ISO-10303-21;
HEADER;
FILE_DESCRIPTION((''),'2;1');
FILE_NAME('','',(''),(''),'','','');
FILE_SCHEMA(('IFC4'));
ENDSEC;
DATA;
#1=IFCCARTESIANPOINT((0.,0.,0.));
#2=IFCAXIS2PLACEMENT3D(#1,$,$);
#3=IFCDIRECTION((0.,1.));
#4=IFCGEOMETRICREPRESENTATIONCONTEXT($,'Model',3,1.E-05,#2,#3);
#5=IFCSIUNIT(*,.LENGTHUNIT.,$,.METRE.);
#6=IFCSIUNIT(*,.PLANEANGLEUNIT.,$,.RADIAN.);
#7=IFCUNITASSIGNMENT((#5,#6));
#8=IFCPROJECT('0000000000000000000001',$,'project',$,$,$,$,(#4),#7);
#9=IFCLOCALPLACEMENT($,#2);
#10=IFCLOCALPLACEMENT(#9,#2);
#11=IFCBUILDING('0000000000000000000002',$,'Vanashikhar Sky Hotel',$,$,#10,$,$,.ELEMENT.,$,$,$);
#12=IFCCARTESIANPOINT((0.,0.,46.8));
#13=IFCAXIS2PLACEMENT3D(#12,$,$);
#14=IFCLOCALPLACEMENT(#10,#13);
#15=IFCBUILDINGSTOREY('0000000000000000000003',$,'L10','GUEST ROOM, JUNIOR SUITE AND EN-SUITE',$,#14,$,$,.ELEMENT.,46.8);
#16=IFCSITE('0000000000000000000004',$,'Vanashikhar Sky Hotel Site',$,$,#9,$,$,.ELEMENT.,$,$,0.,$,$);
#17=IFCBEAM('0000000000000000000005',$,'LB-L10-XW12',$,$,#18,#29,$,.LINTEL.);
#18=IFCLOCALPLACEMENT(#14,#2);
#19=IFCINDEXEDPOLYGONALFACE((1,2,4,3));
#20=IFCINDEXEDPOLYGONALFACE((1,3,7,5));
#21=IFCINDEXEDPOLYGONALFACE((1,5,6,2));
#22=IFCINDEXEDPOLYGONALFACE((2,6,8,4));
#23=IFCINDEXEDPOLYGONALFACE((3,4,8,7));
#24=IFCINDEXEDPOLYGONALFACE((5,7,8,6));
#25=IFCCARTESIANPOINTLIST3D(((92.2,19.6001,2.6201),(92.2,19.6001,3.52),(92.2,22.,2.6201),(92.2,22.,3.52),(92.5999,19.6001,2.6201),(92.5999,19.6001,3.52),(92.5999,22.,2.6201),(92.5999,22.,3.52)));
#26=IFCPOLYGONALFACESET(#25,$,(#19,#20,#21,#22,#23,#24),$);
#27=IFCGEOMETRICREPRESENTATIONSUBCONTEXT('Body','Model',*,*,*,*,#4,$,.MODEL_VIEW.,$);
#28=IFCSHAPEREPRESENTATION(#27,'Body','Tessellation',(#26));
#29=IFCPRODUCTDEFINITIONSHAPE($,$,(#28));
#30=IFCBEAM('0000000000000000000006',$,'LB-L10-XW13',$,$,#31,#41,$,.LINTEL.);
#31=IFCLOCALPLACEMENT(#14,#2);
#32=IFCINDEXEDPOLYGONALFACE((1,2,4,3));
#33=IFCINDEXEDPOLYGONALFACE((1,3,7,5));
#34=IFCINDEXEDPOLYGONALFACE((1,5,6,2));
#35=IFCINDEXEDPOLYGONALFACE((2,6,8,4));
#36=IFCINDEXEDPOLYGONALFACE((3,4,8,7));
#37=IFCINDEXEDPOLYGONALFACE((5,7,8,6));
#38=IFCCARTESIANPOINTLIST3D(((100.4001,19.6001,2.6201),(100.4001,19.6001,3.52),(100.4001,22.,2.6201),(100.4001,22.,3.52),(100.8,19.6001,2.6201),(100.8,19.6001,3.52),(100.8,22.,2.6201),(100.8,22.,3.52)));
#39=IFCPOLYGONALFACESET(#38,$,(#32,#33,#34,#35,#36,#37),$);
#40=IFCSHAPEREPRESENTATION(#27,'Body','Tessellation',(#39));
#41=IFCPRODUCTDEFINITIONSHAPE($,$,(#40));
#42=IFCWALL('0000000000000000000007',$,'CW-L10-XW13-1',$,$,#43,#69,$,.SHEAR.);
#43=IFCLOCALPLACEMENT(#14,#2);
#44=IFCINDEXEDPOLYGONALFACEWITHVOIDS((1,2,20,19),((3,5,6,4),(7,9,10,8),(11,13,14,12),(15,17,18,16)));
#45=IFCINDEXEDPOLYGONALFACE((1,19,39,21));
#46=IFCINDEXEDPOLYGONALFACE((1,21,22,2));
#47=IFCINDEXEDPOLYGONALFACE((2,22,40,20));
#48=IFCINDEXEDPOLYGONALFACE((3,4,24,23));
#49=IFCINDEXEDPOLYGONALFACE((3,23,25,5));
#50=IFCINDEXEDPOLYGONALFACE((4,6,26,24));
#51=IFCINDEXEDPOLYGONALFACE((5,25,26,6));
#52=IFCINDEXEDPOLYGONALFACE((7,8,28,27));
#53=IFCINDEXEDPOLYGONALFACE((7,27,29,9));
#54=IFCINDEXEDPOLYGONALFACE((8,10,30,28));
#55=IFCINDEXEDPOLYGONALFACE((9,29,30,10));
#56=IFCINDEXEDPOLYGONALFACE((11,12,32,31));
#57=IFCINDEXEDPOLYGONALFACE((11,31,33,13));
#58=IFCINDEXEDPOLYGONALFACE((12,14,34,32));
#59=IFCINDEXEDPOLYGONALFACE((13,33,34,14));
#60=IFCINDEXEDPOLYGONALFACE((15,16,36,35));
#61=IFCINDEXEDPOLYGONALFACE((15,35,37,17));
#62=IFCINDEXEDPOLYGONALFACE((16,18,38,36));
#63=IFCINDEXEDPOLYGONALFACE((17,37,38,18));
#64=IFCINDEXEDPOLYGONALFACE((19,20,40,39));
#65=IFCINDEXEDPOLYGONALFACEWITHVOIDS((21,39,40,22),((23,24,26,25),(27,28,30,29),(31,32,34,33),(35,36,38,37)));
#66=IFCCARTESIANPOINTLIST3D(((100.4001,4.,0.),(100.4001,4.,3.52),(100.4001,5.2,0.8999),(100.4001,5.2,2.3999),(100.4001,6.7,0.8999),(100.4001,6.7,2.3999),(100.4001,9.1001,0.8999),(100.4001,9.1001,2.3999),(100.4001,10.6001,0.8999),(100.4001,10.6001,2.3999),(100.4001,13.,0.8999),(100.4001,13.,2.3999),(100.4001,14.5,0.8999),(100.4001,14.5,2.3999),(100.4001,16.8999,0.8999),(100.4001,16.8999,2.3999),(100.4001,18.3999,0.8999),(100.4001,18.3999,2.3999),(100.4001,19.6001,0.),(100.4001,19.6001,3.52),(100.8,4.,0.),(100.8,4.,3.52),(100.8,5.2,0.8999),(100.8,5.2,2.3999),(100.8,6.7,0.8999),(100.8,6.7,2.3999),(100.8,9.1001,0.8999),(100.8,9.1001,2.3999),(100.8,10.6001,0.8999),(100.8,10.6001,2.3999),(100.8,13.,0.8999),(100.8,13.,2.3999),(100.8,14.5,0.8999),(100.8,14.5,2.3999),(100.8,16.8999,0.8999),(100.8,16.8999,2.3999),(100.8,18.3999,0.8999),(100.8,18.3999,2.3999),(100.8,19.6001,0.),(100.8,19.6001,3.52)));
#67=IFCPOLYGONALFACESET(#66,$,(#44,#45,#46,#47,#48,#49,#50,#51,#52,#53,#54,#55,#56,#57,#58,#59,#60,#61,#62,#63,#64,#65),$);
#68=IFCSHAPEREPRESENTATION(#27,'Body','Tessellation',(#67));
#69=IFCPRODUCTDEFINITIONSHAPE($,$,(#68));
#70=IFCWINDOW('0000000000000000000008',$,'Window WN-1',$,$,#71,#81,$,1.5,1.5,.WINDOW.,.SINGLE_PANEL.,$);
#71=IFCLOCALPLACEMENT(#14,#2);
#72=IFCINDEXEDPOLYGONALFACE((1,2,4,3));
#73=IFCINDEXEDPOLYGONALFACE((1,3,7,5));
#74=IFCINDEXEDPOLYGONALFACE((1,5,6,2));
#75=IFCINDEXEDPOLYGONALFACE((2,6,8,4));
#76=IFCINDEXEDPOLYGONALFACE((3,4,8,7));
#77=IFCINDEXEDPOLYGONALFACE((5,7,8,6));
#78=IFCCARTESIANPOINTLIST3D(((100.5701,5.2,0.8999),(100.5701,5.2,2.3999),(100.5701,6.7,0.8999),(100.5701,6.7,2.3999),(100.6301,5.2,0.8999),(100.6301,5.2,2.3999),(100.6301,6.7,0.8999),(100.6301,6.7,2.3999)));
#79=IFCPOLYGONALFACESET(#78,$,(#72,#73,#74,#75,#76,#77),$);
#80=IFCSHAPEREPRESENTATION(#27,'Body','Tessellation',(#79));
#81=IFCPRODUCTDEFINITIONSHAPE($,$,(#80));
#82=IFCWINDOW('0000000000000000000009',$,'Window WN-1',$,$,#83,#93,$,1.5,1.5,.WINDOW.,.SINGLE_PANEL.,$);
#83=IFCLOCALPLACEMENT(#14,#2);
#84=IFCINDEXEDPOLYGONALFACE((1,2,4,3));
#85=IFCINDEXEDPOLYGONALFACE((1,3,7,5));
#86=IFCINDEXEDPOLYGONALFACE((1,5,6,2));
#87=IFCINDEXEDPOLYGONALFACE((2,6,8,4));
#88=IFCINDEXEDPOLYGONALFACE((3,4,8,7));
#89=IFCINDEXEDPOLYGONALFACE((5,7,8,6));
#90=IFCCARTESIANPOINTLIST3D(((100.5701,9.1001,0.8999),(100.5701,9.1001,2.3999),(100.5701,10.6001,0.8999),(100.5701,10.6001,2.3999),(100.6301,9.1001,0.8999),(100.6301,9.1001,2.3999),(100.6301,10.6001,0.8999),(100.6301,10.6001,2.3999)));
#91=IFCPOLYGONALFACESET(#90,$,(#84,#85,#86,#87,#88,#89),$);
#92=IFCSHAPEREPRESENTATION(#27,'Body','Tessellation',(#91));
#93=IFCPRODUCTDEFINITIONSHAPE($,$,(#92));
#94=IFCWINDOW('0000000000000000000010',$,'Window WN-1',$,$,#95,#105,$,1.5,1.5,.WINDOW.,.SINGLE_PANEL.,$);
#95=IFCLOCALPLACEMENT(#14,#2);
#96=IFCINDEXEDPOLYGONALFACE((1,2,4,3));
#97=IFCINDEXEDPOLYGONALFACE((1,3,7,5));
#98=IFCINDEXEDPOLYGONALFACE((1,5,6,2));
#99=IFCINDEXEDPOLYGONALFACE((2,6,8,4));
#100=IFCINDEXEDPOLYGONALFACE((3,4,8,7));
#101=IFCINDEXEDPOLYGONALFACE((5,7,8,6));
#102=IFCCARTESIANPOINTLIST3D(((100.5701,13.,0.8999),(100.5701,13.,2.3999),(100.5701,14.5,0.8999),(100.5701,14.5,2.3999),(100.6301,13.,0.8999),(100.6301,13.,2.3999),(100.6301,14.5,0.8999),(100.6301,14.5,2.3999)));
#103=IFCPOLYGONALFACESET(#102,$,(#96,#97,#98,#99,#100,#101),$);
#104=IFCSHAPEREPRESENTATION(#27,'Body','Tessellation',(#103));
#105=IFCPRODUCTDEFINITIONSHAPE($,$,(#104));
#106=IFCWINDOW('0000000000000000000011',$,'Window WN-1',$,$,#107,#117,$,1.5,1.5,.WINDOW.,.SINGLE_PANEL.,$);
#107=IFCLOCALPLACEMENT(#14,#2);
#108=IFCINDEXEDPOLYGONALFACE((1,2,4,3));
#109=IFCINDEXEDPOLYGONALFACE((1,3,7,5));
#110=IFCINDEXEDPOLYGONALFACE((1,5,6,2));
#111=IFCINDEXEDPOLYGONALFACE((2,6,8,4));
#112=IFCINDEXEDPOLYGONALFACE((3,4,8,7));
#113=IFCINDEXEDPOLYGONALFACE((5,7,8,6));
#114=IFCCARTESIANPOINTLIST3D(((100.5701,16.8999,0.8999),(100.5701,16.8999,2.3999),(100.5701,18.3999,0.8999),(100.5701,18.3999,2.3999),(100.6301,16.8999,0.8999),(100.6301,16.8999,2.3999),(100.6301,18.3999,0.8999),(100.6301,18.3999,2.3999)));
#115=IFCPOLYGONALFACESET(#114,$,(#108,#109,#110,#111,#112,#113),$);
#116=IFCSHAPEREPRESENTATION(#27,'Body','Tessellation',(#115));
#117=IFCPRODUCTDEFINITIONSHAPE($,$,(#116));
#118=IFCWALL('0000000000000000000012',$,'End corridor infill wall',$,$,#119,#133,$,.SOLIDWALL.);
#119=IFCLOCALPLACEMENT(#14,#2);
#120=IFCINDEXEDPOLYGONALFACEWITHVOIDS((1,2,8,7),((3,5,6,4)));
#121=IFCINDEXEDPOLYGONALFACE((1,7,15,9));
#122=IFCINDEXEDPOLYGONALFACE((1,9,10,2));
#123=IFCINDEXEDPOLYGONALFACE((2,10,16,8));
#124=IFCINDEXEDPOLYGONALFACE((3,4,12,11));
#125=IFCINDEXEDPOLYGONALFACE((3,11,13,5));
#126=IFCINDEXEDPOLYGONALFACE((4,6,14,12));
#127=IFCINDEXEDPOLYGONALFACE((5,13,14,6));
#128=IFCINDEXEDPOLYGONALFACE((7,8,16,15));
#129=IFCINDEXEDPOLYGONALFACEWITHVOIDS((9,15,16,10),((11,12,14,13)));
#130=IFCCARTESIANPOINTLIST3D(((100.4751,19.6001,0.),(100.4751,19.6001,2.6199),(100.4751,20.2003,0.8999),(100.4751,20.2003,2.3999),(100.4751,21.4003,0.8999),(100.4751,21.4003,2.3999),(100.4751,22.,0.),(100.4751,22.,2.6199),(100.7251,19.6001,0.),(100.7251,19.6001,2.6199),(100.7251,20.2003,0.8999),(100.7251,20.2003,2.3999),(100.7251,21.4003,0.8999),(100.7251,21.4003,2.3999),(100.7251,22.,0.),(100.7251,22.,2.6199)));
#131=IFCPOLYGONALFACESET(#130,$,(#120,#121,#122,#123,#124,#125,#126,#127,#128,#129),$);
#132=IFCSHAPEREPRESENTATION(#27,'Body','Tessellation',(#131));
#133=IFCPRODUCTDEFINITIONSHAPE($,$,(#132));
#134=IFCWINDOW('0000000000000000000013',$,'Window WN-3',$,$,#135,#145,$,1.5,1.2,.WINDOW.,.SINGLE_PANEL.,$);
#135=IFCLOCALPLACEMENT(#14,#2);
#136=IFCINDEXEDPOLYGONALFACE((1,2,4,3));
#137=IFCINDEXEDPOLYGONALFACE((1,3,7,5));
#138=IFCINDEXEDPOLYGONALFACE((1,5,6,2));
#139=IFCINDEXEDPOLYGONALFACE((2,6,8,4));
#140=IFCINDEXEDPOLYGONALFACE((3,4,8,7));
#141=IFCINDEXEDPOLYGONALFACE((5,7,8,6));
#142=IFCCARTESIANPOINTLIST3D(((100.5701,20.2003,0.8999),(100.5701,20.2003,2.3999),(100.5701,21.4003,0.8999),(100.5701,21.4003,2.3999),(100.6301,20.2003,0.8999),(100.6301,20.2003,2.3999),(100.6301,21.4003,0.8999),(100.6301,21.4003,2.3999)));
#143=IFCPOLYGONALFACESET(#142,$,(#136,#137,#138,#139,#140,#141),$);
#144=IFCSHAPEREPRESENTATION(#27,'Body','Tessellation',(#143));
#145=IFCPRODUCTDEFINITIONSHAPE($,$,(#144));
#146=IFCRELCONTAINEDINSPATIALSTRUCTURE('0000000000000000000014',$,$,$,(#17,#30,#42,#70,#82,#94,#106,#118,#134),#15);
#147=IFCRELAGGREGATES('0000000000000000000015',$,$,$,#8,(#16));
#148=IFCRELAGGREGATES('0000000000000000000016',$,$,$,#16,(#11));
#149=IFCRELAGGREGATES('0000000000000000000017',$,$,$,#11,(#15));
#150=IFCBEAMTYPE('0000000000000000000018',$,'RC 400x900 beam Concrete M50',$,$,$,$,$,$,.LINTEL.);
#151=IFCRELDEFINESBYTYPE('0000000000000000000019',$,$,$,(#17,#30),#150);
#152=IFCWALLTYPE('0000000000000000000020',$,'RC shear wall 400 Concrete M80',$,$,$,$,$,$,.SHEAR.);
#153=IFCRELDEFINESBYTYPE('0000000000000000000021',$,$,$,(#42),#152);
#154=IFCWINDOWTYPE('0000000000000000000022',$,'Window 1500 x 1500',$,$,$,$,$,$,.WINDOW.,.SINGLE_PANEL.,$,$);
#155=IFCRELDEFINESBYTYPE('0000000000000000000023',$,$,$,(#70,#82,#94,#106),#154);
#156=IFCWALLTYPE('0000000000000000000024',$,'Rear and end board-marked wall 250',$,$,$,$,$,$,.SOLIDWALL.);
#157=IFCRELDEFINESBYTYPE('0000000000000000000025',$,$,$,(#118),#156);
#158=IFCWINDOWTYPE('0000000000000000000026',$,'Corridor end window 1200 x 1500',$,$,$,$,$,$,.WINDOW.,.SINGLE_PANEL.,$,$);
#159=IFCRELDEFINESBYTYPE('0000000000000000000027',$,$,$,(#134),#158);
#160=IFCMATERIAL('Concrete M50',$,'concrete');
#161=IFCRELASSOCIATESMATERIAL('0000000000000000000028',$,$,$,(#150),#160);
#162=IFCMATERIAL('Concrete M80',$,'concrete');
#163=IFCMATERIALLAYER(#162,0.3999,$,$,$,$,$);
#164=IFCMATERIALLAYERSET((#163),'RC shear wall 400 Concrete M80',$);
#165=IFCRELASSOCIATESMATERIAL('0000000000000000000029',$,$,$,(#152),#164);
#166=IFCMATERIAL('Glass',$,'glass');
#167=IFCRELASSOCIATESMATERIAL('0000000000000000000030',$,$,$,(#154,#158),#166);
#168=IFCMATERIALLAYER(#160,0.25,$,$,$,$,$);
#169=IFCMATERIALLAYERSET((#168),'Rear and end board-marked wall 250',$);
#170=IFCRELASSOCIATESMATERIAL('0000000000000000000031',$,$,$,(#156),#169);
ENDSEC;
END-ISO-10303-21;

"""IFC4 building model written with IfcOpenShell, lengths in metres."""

from ifc_helpers import new_model, si_unit, direction, frame, frame_2d, origin, origin_2d, place, context, subcontext, project, spatial, rectangle, extrude, source, transform, mapped, material, layer, layer_set, material_profile, profile_set, type_object, element, fill, save


model = new_model("IFC4")

# Units and contexts
model_context = context("Model", 3, precision=1e-05, world=origin(), true_north=direction((0.0, 1.0)))
body_context = subcontext(model_context, "Body", "Model", "MODEL_VIEW")
ifc_project = project(units=[si_unit("LENGTHUNIT", "METRE"), si_unit("PLANEANGLEUNIT", "RADIAN")], contexts=[model_context])

# Site, building, storey
site_placement = place(None, origin())
site = spatial("IfcSite", under=ifc_project, at=site_placement, Name="Vanashikhar Sky Hotel Site", CompositionType="ELEMENT", RefElevation=0.0)
building_placement = place(site_placement, origin())
building = spatial("IfcBuilding", under=site, at=building_placement, Name="Vanashikhar Sky Hotel", CompositionType="ELEMENT")
storey_placement = place(building_placement, frame((0.0, 0.0, 46.8)))
storey = spatial("IfcBuildingStorey", under=building, at=storey_placement, Name="L10", Description="GUEST ROOM, JUNIOR SUITE AND EN-SUITE", CompositionType="ELEMENT", Elevation=46.8)

# Beams
ifc_material_1 = material(Name="Concrete M50", Category="concrete")
ifc_material_profile = material_profile(ifc_material_1, rectangle(XDim=0.3999, YDim=0.8999, at=origin_2d()))
ifc_profile_set = profile_set([ifc_material_profile], Name="RC 400x900 beam Concrete M50")
beam_type = type_object("IfcBeamType", Name="RC 400x900 beam Concrete M50", PredefinedType="LINTEL", material=ifc_profile_set)
shared_shape_1 = source(origin(), body_context, "Body", "SweptSolid", [
    extrude(rectangle(XDim=0.3999, YDim=0.8999, at=origin_2d()), origin(), (0.0, 0.0, 1.0), 2.3999),
])
for number, where, z_axis, x_axis, name in (
    (1, (92.3999, 19.6001, 3.0701), (0.0, 1.0, 0.0), (-1.0, 0.0, 0.0), "LB-L10-XW12"),
    (2, (100.6001, 19.6001, 3.0701), (0.0, 1.0, 0.0), (-1.0, 0.0, 0.0), "LB-L10-XW13"),
):
    element("IfcBeam", number, at=place(storey_placement, frame(where, z_axis=z_axis, x_axis=x_axis)), inside=storey, type_object=beam_type, Name=name, PredefinedType="LINTEL", context=body_context, shape_type="MappedRepresentation", body=[
        mapped(shared_shape_1, transform((0.0, 0.0, 0.0), scale=1.0)),
    ])

# Wall, openings, windows
ifc_material_2 = material(Name="Concrete M80", Category="concrete")
ifc_layer_1 = layer(ifc_material_2, 0.3999)
ifc_layer_set_1 = layer_set([ifc_layer_1], Name="RC shear wall 400 Concrete M80")
wall_type_1 = type_object("IfcWallType", Name="RC shear wall 400 Concrete M80", PredefinedType="SHEAR", material=ifc_layer_set_1)
shared_shape_2 = source(origin(), body_context, "Body", "SweptSolid", [
    extrude(rectangle(XDim=15.6001, YDim=0.3999, at=frame_2d((7.8, 0.0))), origin(), (0.0, 0.0, 1.0), 3.52),
])
wall_1_placement = place(storey_placement, frame((100.6001, 4.0, 0.0), z_axis=(0.0, 0.0, 1.0), x_axis=(0.0, 1.0, 0.0)))
wall_1 = element("IfcWall", 3, at=wall_1_placement, inside=storey, type_object=wall_type_1, Name="CW-L10-XW13-1", PredefinedType="SHEAR", context=body_context, shape_type="MappedRepresentation", body=[
    mapped(shared_shape_2, transform((0.0, 0.0, 0.0), scale=1.0)),
])
shared_shape_3 = source(origin(), body_context, "Body", "SweptSolid", [
    extrude(rectangle(XDim=1.5, YDim=1.5, at=frame_2d((0.75, 0.75))), frame((0.0, 0.21, 0.0), z_axis=(0.0, -1.0, 0.0), x_axis=(1.0, 0.0, 0.0)), (0.0, 0.0, 1.0), 0.4199),
])
opening_1_placement = place(wall_1_placement, frame((1.2, 0.0, 0.8999)))
opening_1 = element("IfcOpeningElement", 4, at=opening_1_placement, cuts=wall_1, PredefinedType="OPENING", context=body_context, shape_type="MappedRepresentation", body=[
    mapped(shared_shape_3, transform((0.0, 0.0, 0.0), scale=1.0)),
])
opening_2_placement = place(wall_1_placement, frame((5.1001, 0.0, 0.8999)))
opening_2 = element("IfcOpeningElement", 5, at=opening_2_placement, cuts=wall_1, PredefinedType="OPENING", context=body_context, shape_type="MappedRepresentation", body=[
    mapped(shared_shape_3, transform((0.0, 0.0, 0.0), scale=1.0)),
])
opening_3_placement = place(wall_1_placement, frame((9.0, 0.0, 0.8999)))
opening_3 = element("IfcOpeningElement", 6, at=opening_3_placement, cuts=wall_1, PredefinedType="OPENING", context=body_context, shape_type="MappedRepresentation", body=[
    mapped(shared_shape_3, transform((0.0, 0.0, 0.0), scale=1.0)),
])
opening_4_placement = place(wall_1_placement, frame((12.8999, 0.0, 0.8999)))
opening_4 = element("IfcOpeningElement", 7, at=opening_4_placement, cuts=wall_1, PredefinedType="OPENING", context=body_context, shape_type="MappedRepresentation", body=[
    mapped(shared_shape_3, transform((0.0, 0.0, 0.0), scale=1.0)),
])
ifc_material_3 = material(Name="Glass", Category="glass")
window_type_1 = type_object("IfcWindowType", Name="Window 1500 x 1500", PartitioningType="SINGLE_PANEL", PredefinedType="WINDOW", material=ifc_material_3)
shared_shape_4 = source(origin(), body_context, "Body", "SweptSolid", [
    extrude(rectangle(XDim=1.5, YDim=1.5, at=frame_2d((0.75, 0.75))), frame((0.0, 0.03, 0.0), z_axis=(0.0, -1.0, 0.0), x_axis=(1.0, 0.0, 0.0)), (0.0, 0.0, 1.0), 0.0601),
])
window_1_placement = place(opening_1_placement, origin())
window_1 = element("IfcWindow", 8, at=window_1_placement, inside=storey, type_object=window_type_1, Name="Window WN-1", OverallHeight=1.5, OverallWidth=1.5, PartitioningType="SINGLE_PANEL", PredefinedType="WINDOW", context=body_context, shape_type="MappedRepresentation", body=[
    mapped(shared_shape_4, transform((0.0, 0.0, 0.0), scale=1.0)),
])
fill(opening_1, window_1)
window_2_placement = place(opening_2_placement, origin())
window_2 = element("IfcWindow", 9, at=window_2_placement, inside=storey, type_object=window_type_1, Name="Window WN-1", OverallHeight=1.5, OverallWidth=1.5, PartitioningType="SINGLE_PANEL", PredefinedType="WINDOW", context=body_context, shape_type="MappedRepresentation", body=[
    mapped(shared_shape_4, transform((0.0, 0.0, 0.0), scale=1.0)),
])
fill(opening_2, window_2)
window_3_placement = place(opening_3_placement, origin())
window_3 = element("IfcWindow", 10, at=window_3_placement, inside=storey, type_object=window_type_1, Name="Window WN-1", OverallHeight=1.5, OverallWidth=1.5, PartitioningType="SINGLE_PANEL", PredefinedType="WINDOW", context=body_context, shape_type="MappedRepresentation", body=[
    mapped(shared_shape_4, transform((0.0, 0.0, 0.0), scale=1.0)),
])
fill(opening_3, window_3)
window_4_placement = place(opening_4_placement, origin())
window_4 = element("IfcWindow", 11, at=window_4_placement, inside=storey, type_object=window_type_1, Name="Window WN-1", OverallHeight=1.5, OverallWidth=1.5, PartitioningType="SINGLE_PANEL", PredefinedType="WINDOW", context=body_context, shape_type="MappedRepresentation", body=[
    mapped(shared_shape_4, transform((0.0, 0.0, 0.0), scale=1.0)),
])
fill(opening_4, window_4)

# Wall, opening, window
ifc_layer_2 = layer(ifc_material_1, 0.25)
ifc_layer_set_2 = layer_set([ifc_layer_2], Name="Rear and end board-marked wall 250")
wall_type_2 = type_object("IfcWallType", Name="Rear and end board-marked wall 250", PredefinedType="SOLIDWALL", material=ifc_layer_set_2)
shared_shape_5 = source(origin(), body_context, "Body", "SweptSolid", [
    extrude(rectangle(XDim=2.3999, YDim=0.25, at=frame_2d((1.2, 0.0))), origin(), (0.0, 0.0, 1.0), 2.6199),
])
wall_2_placement = place(storey_placement, frame((100.6001, 19.6001, 0.0), z_axis=(0.0, 0.0, 1.0), x_axis=(0.0, 1.0, 0.0)))
wall_2 = element("IfcWall", 12, at=wall_2_placement, inside=storey, type_object=wall_type_2, Name="End corridor infill wall", PredefinedType="SOLIDWALL", context=body_context, shape_type="MappedRepresentation", body=[
    mapped(shared_shape_5, transform((0.0, 0.0, 0.0), scale=1.0)),
])
shared_shape_6 = source(origin(), body_context, "Body", "SweptSolid", [
    extrude(rectangle(XDim=1.2, YDim=1.5, at=frame_2d((0.6001, 0.75))), frame((0.0, 0.135, 0.0), z_axis=(0.0, -1.0, 0.0), x_axis=(1.0, 0.0, 0.0)), (0.0, 0.0, 1.0), 0.27),
])
opening_5_placement = place(wall_2_placement, frame((0.6001, 0.0, 0.8999)))
opening_5 = element("IfcOpeningElement", 13, at=opening_5_placement, cuts=wall_2, PredefinedType="OPENING", context=body_context, shape_type="MappedRepresentation", body=[
    mapped(shared_shape_6, transform((0.0, 0.0, 0.0), scale=1.0)),
])
window_type_2 = type_object("IfcWindowType", Name="Corridor end window 1200 x 1500", PartitioningType="SINGLE_PANEL", PredefinedType="WINDOW", material=ifc_material_3)
shared_shape_7 = source(origin(), body_context, "Body", "SweptSolid", [
    extrude(rectangle(XDim=1.2, YDim=1.5, at=frame_2d((0.6001, 0.75))), frame((0.0, 0.03, 0.0), z_axis=(0.0, -1.0, 0.0), x_axis=(1.0, 0.0, 0.0)), (0.0, 0.0, 1.0), 0.0601),
])
window_5_placement = place(opening_5_placement, origin())
window_5 = element("IfcWindow", 14, at=window_5_placement, inside=storey, type_object=window_type_2, Name="Window WN-3", OverallHeight=1.5, OverallWidth=1.2, PartitioningType="SINGLE_PANEL", PredefinedType="WINDOW", context=body_context, shape_type="MappedRepresentation", body=[
    mapped(shared_shape_7, transform((0.0, 0.0, 0.0), scale=1.0)),
])
fill(opening_5, window_5)

save(model, "model.ifc")
